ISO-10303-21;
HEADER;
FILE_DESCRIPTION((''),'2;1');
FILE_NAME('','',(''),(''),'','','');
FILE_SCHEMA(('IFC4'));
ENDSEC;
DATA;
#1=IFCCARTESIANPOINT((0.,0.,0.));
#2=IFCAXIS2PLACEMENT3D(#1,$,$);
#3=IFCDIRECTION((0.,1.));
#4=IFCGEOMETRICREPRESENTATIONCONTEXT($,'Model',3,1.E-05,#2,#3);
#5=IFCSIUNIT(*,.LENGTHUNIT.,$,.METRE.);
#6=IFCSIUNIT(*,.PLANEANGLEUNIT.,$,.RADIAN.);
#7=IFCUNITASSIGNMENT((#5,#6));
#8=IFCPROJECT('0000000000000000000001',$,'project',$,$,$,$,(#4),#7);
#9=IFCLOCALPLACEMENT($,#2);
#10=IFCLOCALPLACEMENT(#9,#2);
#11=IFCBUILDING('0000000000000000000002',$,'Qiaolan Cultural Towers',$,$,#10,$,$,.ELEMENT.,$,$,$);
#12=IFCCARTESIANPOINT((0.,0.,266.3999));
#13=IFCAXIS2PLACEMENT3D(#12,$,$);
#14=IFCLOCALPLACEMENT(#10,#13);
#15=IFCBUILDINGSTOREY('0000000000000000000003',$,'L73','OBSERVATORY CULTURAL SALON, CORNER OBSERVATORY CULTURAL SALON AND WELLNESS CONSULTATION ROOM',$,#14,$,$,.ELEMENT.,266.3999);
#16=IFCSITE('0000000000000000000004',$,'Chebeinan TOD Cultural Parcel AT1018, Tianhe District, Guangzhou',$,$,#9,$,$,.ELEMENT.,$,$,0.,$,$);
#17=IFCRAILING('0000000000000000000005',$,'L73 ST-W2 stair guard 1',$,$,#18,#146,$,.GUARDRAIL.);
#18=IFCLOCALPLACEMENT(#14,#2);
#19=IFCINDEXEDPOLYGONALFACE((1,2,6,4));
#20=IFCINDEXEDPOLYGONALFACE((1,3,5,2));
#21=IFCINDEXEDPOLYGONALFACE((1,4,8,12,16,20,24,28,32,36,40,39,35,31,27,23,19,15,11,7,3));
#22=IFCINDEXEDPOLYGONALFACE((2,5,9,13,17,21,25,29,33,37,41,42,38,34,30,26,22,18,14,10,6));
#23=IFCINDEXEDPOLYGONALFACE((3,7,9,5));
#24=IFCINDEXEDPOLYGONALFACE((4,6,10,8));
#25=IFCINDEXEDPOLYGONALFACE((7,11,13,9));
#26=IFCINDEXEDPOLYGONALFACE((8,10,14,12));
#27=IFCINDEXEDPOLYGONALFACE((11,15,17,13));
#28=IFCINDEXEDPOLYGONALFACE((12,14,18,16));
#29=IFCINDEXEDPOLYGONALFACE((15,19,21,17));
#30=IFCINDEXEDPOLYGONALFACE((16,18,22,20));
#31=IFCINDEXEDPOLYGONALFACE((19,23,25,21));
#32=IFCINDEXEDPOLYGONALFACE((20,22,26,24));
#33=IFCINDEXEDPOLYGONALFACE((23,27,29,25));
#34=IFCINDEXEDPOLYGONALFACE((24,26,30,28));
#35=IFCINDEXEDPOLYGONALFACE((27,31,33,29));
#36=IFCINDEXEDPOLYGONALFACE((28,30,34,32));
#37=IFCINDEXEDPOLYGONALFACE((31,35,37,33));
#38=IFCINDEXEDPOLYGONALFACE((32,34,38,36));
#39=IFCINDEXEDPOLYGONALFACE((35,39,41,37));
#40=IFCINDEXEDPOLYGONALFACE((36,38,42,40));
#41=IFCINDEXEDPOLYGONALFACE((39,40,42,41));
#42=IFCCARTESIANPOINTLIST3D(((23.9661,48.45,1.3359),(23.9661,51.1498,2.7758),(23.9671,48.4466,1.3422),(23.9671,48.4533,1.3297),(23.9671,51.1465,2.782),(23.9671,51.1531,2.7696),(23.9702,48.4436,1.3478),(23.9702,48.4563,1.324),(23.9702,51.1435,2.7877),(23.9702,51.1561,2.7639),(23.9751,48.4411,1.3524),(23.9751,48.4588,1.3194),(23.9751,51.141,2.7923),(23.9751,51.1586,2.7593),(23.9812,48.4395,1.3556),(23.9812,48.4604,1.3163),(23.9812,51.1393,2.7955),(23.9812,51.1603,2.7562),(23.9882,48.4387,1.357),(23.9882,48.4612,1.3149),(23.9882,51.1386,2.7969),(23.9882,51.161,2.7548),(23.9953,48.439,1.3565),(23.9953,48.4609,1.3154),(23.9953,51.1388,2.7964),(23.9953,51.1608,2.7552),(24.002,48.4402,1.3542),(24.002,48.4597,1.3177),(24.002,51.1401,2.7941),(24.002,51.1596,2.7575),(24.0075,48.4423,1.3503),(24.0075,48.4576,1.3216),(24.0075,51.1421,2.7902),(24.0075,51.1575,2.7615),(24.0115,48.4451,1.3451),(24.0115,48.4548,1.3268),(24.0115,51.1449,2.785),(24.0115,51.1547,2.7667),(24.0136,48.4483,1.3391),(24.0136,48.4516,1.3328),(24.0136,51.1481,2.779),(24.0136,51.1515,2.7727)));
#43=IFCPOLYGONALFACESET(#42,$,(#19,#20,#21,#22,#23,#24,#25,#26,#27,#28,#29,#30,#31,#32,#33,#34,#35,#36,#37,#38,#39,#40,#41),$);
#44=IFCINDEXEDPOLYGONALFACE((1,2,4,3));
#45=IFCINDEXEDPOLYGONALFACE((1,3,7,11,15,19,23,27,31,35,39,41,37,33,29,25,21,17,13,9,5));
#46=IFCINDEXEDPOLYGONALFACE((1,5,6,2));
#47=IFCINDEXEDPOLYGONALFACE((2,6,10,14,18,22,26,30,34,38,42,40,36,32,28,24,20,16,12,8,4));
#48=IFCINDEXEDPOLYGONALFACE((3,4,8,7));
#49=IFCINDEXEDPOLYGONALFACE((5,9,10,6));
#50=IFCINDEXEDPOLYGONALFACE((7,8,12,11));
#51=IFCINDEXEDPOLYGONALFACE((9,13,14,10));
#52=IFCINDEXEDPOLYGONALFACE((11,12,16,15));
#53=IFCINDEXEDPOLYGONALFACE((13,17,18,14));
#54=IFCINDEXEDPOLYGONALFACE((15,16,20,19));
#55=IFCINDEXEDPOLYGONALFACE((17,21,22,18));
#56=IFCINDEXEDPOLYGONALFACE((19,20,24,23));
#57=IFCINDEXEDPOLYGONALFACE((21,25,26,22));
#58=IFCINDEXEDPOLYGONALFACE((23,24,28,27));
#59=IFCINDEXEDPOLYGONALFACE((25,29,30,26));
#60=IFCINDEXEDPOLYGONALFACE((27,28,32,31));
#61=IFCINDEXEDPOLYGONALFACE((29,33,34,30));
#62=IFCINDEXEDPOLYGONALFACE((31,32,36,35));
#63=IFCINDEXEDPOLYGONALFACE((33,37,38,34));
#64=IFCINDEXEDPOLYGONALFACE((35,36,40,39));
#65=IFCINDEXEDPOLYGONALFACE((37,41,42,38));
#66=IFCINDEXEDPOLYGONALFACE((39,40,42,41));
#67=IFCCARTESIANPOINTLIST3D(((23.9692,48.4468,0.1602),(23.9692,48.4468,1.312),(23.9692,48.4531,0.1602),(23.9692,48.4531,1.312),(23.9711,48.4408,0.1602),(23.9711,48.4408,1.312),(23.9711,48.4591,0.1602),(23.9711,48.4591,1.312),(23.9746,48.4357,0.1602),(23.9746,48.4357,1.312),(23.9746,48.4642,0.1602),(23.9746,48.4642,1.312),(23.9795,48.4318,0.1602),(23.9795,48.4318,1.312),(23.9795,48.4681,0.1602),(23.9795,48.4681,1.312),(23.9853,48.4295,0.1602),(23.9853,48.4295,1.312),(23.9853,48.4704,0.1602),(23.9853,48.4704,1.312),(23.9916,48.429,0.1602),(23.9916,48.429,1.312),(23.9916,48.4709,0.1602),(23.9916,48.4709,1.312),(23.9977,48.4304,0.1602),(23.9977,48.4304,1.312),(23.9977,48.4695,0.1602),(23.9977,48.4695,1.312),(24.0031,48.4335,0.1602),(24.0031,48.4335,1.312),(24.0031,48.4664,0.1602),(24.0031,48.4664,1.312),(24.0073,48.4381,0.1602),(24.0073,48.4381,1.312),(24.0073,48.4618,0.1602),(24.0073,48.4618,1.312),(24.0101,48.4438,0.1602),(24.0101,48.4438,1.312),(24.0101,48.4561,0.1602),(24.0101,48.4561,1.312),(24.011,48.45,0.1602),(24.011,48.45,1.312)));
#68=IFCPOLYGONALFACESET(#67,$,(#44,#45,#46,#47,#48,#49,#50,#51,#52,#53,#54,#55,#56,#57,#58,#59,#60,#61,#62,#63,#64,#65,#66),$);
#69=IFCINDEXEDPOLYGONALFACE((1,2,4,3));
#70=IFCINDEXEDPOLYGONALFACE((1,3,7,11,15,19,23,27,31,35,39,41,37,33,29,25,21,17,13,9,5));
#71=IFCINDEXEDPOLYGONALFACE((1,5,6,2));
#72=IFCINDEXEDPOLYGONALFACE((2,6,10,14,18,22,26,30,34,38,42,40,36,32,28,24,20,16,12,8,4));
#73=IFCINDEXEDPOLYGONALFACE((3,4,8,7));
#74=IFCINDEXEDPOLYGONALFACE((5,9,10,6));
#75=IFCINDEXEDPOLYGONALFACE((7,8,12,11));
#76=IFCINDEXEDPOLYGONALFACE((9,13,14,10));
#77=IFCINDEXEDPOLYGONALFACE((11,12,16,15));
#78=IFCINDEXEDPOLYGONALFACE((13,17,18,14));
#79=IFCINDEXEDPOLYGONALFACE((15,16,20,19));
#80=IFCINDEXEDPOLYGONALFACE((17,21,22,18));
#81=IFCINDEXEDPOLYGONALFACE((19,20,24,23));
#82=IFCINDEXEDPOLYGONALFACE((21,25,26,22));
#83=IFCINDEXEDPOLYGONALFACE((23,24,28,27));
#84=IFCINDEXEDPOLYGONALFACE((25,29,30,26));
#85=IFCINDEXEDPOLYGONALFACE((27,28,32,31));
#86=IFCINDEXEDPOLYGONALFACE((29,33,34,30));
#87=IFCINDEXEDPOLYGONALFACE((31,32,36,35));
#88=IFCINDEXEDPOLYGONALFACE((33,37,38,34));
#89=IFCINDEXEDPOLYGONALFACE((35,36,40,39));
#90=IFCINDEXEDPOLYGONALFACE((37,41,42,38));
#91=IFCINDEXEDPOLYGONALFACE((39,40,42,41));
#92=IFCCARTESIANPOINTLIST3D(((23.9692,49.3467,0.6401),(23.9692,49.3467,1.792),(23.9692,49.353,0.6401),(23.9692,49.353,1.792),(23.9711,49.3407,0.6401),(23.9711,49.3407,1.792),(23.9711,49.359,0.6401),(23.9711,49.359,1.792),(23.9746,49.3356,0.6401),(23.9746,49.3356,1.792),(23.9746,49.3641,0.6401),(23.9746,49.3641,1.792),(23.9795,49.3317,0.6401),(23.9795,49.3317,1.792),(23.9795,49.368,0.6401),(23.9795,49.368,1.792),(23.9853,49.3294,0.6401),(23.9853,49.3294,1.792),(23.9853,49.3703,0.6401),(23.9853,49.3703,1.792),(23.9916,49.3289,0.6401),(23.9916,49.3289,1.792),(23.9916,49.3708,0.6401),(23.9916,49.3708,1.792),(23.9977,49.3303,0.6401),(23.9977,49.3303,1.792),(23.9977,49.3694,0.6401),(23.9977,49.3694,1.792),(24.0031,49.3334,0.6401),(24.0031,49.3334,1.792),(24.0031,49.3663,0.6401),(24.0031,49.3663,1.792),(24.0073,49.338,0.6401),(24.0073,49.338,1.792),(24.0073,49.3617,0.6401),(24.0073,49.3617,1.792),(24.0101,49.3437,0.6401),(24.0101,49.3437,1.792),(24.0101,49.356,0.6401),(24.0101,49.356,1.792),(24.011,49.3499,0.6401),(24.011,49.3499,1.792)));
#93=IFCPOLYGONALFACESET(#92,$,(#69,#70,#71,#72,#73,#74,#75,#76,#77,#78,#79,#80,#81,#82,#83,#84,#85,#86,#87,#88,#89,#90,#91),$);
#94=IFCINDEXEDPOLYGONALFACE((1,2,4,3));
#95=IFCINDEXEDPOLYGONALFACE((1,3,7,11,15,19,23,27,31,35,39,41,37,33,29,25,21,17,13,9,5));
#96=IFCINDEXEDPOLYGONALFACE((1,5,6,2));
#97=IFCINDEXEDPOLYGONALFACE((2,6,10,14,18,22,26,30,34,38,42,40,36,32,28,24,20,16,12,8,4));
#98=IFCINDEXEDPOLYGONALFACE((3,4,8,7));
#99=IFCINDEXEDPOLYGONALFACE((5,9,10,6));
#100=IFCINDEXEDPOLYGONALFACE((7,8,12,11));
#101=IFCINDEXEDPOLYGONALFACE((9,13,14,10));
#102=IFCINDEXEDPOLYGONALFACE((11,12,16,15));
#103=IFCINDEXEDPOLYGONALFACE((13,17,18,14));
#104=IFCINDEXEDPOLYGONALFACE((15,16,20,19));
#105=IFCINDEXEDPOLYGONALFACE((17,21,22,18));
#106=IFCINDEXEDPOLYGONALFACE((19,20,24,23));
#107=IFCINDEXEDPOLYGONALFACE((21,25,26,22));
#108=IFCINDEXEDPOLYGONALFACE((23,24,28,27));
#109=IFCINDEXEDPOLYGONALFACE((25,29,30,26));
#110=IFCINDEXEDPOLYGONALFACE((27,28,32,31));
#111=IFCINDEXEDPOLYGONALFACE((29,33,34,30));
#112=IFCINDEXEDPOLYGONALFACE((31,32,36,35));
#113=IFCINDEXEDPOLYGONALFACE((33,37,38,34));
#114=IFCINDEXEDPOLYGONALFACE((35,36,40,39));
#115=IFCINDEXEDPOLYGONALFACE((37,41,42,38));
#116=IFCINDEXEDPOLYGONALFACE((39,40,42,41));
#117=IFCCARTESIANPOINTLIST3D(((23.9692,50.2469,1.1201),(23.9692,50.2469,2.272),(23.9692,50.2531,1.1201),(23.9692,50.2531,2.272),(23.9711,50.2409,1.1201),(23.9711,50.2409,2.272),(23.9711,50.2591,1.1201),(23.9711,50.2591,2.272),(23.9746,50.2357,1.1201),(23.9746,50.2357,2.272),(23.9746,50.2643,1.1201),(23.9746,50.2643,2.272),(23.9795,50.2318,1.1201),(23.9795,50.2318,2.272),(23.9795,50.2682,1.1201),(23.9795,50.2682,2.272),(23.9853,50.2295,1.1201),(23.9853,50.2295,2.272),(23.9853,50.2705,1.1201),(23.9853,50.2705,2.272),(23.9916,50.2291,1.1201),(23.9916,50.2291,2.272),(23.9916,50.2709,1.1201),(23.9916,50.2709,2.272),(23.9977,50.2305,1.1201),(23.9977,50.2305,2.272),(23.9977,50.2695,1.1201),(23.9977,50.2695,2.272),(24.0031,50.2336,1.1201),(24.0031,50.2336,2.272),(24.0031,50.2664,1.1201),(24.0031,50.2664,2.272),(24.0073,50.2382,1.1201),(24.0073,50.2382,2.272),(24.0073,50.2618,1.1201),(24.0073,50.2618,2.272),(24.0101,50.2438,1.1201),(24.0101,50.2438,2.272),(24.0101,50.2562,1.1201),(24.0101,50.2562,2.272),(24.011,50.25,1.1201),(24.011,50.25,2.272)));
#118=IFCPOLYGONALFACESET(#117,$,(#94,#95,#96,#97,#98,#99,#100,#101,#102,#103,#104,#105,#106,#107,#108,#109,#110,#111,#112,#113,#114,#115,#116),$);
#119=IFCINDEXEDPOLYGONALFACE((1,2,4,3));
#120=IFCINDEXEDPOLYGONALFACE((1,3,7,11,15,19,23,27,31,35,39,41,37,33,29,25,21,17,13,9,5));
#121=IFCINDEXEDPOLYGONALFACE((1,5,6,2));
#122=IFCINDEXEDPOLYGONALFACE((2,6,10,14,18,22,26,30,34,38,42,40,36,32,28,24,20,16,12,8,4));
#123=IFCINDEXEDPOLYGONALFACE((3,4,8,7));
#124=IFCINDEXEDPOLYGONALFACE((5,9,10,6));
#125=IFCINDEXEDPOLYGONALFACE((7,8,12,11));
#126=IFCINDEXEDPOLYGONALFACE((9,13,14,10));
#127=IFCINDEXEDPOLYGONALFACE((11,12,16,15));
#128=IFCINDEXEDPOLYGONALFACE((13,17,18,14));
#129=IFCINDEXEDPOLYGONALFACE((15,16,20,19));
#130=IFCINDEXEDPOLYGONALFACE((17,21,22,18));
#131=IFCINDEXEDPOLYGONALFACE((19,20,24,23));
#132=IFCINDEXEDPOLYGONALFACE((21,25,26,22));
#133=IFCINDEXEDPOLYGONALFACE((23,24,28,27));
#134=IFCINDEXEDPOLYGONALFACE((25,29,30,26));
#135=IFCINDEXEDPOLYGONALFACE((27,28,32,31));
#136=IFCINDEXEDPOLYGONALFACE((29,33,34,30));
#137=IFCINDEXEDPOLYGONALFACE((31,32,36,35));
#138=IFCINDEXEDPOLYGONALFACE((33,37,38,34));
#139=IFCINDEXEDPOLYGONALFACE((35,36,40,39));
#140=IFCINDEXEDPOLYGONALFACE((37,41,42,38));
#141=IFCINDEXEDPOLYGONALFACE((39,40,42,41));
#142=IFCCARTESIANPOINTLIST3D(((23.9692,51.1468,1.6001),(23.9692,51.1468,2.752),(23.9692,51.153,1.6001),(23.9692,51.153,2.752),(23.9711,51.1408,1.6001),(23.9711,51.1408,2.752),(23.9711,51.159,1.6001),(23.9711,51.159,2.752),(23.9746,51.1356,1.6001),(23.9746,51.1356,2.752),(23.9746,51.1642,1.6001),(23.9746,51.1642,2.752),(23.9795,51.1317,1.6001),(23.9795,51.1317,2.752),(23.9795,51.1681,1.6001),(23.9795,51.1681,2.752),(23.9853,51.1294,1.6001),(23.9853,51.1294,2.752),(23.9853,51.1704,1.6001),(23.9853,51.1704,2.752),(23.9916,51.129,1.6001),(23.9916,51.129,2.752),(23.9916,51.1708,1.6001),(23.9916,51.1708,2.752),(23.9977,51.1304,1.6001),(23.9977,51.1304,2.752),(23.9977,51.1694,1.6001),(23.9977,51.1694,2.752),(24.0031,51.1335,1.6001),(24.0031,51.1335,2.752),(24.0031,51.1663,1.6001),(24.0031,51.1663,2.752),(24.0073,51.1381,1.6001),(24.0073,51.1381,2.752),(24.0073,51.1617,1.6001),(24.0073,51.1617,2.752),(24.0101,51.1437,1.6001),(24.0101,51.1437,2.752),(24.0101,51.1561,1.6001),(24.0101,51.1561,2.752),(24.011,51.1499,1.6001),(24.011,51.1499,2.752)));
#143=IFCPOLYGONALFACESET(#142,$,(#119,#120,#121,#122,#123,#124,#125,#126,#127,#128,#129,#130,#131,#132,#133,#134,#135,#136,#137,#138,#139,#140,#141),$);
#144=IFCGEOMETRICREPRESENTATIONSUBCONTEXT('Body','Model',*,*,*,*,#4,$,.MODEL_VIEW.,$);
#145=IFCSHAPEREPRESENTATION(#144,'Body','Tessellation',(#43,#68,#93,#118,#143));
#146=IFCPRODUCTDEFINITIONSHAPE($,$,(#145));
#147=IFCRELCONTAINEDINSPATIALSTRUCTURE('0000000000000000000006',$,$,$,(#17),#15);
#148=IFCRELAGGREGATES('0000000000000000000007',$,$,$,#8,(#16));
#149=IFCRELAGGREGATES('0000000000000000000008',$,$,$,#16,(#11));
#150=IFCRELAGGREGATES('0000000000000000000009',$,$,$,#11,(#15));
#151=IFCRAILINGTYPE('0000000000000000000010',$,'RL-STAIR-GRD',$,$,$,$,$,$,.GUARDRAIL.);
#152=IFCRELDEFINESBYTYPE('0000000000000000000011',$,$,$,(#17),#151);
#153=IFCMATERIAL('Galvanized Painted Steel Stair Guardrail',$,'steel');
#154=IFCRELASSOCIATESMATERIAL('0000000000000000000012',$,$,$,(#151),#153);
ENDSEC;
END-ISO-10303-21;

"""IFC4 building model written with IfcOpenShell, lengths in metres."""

from ifc_helpers import new_model, si_unit, direction, frame, origin, origin_2d, place, context, subcontext, project, spatial, circle, extrude, material, type_object, element, save


model = new_model("IFC4")

# Units and contexts
model_context = context("Model", 3, precision=1e-05, world=origin(), true_north=direction((0.0, 1.0)))
body_context = subcontext(model_context, "Body", "Model", "MODEL_VIEW")
ifc_project = project(units=[si_unit("LENGTHUNIT", "METRE"), si_unit("PLANEANGLEUNIT", "RADIAN")], contexts=[model_context])

# Site, building, storey
site_placement = place(None, origin())
site = spatial("IfcSite", under=ifc_project, at=site_placement, Name="Chebeinan TOD Cultural Parcel AT1018, Tianhe District, Guangzhou", CompositionType="ELEMENT", RefElevation=0.0)
building_placement = place(site_placement, origin())
building = spatial("IfcBuilding", under=site, at=building_placement, Name="Qiaolan Cultural Towers", CompositionType="ELEMENT")
storey_placement = place(building_placement, frame((0.0, 0.0, 266.3999)))
storey = spatial("IfcBuildingStorey", under=building, at=storey_placement, Name="L73", Description="OBSERVATORY CULTURAL SALON, CORNER OBSERVATORY CULTURAL SALON AND WELLNESS CONSULTATION ROOM", CompositionType="ELEMENT", Elevation=266.3999)

# Railing
ifc_material_1 = material(Name="Galvanized Painted Steel Stair Guardrail", Category="steel")
railing_type_1 = type_object("IfcRailingType", Name="RL-STAIR-GRD", PredefinedType="GUARDRAIL", material=ifc_material_1)
railing_1_placement = place(storey_placement, frame((23.99, 48.45, 0.1602)))
element("IfcRailing", 1, at=railing_1_placement, inside=storey, type_object=railing_type_1, Name="L73 ST-W2 stair guard 1", PredefinedType="GUARDRAIL", context=body_context, shape_type="SweptSolid", body=[
    extrude(circle(Radius=0.0239, at=origin_2d()), frame((0.0, 0.0, 1.1758), z_axis=(0.0, 0.882357, 0.47058), x_axis=(-1.0, 0.0, 0.0)), (0.0, 0.0, 1.0), 3.0598),
    extrude(circle(Radius=0.021, at=origin_2d()), origin(), (0.0, 0.0, 1.0), 1.1519),
    extrude(circle(Radius=0.021, at=origin_2d()), frame((0.0, 0.8999, 0.48)), (0.0, 0.0, 1.0), 1.1519),
    extrude(circle(Radius=0.021, at=origin_2d()), frame((0.0, 1.8, 0.96)), (0.0, 0.0, 1.0), 1.1519),
    extrude(circle(Radius=0.021, at=origin_2d()), frame((0.0, 2.7, 1.4399)), (0.0, 0.0, 1.0), 1.1519),
])

save(model, "model.ifc")
